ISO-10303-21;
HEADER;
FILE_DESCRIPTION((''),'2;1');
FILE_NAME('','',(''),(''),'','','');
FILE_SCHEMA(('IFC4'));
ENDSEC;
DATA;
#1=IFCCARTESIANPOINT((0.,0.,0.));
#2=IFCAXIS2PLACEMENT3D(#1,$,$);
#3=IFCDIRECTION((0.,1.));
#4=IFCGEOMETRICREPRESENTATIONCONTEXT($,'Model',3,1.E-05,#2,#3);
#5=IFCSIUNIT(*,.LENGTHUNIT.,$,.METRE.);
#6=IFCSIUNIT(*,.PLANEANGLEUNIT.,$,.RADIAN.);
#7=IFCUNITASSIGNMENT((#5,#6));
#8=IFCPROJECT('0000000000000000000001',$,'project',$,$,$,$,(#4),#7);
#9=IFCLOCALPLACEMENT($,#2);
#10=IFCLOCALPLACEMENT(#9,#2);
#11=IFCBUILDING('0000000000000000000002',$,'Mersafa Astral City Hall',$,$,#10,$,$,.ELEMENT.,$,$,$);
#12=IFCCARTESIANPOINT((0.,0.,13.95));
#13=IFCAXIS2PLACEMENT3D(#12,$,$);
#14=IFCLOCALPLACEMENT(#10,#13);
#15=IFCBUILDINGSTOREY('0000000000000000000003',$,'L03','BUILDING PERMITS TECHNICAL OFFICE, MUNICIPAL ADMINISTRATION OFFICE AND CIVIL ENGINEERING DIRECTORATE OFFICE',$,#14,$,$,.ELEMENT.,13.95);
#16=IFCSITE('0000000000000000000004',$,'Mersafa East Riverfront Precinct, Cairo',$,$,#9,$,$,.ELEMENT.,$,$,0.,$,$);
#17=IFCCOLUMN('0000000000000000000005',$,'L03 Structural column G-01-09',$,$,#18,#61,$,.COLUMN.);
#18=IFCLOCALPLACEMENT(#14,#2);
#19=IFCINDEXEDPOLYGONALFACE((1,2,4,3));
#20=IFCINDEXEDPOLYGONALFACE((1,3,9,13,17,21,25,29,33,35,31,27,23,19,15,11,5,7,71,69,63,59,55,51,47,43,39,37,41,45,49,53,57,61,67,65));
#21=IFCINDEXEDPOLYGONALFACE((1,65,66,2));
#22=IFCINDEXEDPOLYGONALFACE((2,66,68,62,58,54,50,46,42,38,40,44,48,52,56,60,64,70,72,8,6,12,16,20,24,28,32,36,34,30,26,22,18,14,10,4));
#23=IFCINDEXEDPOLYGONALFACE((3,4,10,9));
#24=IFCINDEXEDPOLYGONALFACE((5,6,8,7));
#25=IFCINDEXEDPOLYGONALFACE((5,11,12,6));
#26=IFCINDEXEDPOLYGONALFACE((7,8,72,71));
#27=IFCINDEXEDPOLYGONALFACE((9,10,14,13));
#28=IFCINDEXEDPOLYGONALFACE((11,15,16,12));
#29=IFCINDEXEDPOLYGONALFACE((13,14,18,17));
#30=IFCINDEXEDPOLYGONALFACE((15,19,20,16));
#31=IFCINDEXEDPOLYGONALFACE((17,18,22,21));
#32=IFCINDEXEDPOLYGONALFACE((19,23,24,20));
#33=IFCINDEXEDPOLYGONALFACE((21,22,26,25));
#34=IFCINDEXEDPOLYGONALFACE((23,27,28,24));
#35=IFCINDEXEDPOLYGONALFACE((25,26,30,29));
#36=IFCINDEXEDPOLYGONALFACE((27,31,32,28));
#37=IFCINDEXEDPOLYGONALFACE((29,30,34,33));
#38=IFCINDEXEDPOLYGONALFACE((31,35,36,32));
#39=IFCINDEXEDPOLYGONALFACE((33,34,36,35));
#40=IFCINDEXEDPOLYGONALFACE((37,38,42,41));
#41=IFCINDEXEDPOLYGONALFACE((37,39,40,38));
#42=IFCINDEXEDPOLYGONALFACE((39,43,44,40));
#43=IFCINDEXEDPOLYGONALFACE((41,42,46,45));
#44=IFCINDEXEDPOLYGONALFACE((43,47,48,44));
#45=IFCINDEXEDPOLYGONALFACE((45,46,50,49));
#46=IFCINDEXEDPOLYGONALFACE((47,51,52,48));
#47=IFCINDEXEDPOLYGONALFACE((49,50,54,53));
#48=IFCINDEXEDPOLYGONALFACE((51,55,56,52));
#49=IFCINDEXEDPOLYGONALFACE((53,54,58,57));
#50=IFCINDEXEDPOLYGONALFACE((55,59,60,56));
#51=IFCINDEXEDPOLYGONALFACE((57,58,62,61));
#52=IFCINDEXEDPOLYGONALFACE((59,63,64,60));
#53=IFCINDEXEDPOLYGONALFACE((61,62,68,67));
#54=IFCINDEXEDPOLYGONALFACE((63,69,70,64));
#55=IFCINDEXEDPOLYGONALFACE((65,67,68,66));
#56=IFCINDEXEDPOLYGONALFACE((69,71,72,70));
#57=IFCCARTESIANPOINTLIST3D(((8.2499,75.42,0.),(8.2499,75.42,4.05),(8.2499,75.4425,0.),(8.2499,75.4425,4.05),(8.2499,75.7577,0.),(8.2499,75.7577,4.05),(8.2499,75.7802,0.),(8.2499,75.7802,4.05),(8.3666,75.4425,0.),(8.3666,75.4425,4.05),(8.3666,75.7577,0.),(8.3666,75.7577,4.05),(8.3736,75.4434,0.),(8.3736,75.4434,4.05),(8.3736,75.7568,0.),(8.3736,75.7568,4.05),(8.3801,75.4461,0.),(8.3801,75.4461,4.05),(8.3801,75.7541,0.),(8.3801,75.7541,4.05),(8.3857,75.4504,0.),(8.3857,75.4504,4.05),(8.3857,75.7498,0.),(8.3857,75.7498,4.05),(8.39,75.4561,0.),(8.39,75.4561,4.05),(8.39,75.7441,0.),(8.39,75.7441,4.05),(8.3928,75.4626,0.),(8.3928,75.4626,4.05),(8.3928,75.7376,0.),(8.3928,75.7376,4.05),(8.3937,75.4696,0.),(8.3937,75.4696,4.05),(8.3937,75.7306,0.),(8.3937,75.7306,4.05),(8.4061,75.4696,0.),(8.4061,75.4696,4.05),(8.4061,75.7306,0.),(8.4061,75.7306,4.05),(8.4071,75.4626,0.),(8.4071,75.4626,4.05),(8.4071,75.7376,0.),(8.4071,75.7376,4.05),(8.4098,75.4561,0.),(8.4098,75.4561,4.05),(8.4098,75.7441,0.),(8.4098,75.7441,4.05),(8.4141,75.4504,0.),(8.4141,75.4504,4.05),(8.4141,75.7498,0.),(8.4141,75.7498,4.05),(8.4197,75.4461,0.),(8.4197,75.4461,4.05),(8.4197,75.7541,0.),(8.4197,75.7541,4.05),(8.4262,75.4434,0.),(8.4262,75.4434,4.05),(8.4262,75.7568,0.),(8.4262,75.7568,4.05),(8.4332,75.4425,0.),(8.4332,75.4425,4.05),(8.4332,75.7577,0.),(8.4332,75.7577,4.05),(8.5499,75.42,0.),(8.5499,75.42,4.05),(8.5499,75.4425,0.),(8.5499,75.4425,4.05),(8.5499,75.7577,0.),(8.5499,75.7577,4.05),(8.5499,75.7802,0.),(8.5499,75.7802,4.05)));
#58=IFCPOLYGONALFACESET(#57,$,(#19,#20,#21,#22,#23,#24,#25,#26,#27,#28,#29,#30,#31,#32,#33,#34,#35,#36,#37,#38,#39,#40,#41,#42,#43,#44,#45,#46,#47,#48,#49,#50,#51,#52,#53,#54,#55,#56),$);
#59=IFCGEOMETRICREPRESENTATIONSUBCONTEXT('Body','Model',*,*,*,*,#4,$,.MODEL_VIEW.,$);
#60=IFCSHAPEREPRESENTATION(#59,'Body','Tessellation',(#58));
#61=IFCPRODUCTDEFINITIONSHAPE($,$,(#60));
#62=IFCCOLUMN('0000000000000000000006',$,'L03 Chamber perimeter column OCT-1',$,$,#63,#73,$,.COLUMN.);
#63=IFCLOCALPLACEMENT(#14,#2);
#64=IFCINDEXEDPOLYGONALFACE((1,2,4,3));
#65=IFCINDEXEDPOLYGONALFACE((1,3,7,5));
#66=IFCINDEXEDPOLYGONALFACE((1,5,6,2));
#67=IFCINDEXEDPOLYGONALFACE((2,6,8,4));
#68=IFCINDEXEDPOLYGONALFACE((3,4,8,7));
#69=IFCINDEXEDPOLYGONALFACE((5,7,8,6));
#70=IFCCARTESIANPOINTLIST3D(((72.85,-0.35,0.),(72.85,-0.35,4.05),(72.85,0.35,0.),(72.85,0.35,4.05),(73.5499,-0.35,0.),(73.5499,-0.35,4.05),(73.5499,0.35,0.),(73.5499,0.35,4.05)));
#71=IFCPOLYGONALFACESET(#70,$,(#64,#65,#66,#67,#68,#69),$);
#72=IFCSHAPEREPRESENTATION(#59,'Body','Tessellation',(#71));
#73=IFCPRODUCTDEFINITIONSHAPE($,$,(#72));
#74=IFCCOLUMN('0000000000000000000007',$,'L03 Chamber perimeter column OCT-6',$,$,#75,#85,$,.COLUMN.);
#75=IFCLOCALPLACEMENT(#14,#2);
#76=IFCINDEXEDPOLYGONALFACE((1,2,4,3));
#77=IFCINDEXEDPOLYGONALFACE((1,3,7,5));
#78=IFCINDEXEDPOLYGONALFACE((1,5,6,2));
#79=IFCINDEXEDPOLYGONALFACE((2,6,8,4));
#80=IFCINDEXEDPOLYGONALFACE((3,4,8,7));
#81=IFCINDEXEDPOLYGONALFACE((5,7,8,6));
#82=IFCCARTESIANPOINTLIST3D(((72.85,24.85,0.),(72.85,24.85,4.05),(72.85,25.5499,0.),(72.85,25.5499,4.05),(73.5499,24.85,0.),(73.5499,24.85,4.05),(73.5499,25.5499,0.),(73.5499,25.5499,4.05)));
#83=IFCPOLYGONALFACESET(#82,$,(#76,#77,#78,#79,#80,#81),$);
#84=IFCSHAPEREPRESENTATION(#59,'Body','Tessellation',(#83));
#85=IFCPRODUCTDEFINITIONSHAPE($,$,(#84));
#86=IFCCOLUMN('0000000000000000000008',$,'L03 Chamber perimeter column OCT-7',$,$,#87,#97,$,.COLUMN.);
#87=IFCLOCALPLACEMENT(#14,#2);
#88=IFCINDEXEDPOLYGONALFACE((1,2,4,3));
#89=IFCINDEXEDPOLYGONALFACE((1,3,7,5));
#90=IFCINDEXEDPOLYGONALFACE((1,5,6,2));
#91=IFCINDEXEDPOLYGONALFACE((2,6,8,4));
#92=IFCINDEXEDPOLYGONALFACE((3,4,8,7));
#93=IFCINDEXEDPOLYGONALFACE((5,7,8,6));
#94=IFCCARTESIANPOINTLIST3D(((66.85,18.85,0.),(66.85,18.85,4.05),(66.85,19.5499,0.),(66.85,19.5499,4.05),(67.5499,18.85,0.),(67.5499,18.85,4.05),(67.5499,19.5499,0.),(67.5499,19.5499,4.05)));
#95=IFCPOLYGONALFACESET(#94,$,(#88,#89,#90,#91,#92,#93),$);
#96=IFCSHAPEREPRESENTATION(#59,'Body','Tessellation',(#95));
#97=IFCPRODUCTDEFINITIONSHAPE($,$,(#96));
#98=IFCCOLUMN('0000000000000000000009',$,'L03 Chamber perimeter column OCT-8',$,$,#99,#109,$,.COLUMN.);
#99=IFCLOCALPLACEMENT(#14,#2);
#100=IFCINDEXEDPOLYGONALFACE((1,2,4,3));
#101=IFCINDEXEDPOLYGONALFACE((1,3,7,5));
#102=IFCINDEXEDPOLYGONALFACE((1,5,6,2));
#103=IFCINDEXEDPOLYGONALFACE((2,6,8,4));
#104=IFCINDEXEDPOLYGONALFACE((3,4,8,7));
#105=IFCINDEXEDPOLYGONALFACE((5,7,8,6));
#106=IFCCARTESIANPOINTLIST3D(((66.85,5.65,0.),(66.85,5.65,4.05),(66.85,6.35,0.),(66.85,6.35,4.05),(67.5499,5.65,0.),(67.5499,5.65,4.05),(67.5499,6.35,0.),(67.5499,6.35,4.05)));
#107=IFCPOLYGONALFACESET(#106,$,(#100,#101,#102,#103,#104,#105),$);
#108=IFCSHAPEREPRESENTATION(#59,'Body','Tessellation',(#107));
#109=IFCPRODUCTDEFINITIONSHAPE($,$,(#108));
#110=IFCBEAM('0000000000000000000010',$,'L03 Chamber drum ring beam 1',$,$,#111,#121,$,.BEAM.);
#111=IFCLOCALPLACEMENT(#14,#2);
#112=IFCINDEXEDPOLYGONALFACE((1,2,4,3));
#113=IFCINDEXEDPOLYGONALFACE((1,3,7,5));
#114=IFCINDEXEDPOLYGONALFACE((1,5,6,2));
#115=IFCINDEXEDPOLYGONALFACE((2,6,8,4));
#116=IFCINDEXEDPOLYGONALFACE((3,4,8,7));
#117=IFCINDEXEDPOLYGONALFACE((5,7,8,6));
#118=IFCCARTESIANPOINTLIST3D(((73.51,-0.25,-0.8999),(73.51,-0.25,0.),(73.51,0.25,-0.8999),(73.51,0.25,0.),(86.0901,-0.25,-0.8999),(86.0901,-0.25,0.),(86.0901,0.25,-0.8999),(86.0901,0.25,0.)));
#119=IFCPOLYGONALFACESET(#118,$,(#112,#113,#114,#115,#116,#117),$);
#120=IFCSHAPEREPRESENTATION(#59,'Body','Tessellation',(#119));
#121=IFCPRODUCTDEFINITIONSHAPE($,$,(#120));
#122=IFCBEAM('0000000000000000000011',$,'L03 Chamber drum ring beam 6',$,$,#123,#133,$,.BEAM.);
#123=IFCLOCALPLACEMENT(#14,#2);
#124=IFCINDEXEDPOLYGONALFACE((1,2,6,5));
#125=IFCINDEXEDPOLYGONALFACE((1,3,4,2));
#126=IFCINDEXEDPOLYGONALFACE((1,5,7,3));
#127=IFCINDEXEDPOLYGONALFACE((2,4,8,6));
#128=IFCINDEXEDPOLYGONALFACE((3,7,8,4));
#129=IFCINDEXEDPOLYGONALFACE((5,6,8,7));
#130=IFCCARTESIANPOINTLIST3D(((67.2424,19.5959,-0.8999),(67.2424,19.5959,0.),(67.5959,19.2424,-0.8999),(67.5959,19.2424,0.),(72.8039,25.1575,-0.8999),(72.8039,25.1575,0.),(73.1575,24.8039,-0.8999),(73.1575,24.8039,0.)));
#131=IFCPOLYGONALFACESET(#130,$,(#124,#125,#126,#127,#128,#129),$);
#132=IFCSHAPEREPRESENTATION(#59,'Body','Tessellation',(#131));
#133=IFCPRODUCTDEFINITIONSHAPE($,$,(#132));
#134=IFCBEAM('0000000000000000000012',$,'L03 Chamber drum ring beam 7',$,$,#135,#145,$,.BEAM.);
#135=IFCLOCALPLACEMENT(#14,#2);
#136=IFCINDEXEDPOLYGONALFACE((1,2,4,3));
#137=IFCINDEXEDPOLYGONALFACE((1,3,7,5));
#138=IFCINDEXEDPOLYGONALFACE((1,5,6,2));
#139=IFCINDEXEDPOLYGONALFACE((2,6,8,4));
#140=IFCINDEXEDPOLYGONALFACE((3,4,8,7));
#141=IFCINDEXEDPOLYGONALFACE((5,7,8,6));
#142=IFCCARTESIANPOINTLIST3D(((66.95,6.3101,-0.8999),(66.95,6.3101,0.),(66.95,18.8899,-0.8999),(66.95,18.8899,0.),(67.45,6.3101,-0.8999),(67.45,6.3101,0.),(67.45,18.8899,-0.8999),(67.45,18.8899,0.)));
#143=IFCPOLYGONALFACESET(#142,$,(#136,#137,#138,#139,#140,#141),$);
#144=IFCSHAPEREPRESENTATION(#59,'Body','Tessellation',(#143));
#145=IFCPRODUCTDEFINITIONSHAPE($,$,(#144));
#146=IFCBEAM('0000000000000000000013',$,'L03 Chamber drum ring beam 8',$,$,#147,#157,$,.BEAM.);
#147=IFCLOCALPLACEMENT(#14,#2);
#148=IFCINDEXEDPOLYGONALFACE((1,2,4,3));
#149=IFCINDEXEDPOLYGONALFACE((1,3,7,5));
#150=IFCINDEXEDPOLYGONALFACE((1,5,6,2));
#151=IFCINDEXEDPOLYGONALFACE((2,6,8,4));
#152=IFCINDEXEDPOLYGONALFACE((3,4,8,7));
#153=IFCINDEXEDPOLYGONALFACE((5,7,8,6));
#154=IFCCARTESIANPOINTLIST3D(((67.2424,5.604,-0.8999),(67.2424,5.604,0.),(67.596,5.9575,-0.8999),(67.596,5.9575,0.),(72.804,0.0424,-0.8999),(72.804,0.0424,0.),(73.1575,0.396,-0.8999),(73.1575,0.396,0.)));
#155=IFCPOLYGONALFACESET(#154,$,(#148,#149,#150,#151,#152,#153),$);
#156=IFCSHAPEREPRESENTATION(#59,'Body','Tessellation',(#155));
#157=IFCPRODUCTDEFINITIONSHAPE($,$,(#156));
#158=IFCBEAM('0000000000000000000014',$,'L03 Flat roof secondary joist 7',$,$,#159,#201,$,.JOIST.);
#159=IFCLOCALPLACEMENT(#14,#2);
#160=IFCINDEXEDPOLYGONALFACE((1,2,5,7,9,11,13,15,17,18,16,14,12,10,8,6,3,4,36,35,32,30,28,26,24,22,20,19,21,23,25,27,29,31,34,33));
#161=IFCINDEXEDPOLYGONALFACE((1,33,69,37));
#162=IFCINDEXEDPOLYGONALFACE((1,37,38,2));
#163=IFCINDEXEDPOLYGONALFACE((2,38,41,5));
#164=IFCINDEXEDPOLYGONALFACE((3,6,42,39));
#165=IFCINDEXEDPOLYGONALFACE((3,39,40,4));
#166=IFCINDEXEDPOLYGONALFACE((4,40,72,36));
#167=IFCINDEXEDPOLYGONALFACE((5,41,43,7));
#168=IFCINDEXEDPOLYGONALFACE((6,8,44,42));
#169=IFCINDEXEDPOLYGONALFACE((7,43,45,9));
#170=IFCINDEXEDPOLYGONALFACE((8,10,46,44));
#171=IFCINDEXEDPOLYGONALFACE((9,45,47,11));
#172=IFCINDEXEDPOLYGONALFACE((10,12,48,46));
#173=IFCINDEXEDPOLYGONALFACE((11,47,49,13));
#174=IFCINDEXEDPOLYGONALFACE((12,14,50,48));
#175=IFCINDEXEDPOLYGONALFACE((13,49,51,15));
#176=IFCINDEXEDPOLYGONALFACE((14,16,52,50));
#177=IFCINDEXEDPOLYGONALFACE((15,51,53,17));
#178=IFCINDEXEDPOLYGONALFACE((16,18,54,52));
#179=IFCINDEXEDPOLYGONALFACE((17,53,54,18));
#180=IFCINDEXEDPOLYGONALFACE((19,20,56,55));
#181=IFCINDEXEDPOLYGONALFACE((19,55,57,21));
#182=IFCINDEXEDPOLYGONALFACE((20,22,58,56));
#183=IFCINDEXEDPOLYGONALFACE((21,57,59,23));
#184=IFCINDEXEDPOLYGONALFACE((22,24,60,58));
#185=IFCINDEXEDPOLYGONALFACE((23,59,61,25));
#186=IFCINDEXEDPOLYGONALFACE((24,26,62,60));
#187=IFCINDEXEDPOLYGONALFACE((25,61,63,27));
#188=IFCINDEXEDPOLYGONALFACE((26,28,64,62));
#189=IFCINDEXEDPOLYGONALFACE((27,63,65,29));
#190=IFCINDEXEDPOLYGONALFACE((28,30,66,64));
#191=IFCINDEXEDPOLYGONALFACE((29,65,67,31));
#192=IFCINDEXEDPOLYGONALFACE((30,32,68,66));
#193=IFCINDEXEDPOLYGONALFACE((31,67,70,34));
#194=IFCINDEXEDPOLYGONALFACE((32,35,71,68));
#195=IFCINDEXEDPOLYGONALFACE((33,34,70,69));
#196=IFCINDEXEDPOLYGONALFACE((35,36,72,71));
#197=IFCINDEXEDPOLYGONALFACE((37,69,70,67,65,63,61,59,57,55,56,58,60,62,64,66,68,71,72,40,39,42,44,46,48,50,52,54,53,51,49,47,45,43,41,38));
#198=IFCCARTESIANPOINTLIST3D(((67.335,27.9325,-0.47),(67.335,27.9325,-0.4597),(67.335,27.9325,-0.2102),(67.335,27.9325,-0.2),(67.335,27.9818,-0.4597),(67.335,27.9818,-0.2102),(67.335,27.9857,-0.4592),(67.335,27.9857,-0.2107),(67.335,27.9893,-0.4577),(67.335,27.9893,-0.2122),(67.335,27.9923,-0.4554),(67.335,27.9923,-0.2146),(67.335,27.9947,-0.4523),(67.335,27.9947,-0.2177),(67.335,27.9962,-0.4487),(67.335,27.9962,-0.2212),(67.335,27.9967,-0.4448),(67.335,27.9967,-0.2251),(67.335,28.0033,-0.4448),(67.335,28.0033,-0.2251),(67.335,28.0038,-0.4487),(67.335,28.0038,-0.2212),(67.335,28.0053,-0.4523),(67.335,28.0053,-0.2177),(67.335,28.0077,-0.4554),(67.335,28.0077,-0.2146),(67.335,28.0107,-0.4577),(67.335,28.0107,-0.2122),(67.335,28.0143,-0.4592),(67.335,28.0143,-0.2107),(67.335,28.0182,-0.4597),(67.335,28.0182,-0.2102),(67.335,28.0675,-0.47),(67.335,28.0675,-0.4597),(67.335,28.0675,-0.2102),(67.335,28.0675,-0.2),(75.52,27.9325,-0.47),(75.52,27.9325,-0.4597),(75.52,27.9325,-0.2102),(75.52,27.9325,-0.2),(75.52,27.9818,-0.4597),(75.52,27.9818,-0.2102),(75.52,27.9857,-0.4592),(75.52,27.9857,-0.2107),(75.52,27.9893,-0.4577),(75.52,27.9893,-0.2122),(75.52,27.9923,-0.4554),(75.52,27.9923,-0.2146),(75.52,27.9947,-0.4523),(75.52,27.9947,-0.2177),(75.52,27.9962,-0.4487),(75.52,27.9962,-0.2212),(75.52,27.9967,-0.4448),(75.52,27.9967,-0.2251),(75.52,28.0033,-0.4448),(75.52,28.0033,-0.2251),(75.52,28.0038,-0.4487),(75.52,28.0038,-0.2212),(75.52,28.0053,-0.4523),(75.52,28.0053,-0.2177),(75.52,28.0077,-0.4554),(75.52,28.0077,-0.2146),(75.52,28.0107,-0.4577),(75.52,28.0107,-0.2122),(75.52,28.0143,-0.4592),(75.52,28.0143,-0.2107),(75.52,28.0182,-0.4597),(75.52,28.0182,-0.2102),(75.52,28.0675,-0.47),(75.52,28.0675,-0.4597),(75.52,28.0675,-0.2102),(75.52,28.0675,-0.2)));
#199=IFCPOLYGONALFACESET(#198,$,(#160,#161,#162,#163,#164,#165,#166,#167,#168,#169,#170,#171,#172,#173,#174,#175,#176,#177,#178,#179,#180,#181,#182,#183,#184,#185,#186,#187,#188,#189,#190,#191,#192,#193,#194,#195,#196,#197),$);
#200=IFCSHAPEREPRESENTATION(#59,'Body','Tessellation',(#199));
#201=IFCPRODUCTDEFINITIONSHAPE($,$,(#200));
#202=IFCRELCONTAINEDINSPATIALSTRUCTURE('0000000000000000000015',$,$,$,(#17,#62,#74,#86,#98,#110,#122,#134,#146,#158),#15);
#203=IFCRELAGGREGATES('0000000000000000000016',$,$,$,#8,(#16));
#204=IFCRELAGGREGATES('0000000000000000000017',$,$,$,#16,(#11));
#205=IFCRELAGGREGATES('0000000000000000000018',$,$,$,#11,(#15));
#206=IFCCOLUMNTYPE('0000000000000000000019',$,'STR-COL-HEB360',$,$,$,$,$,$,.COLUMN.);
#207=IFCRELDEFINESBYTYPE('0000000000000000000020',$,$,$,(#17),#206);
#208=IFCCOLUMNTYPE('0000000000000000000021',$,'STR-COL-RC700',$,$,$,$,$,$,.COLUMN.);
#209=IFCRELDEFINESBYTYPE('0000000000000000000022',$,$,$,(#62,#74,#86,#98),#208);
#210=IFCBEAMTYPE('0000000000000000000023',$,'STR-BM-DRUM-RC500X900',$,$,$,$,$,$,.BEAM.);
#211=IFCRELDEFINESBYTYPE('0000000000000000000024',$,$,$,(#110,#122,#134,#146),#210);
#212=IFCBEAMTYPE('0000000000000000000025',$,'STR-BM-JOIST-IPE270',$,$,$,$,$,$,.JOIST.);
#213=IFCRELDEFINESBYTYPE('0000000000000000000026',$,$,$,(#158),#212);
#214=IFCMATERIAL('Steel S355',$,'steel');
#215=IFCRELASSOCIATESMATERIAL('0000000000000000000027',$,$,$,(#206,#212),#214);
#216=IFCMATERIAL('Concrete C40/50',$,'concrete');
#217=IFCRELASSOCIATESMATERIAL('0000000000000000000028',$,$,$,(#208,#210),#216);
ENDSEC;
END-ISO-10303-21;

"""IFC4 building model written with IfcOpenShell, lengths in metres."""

from ifc_helpers import new_model, si_unit, direction, frame, origin, origin_2d, place, context, subcontext, project, spatial, rectangle, i_section, extrude, material, material_profile, profile_set, type_object, element, save


model = new_model("IFC4")

# Units and contexts
model_context = context("Model", 3, precision=1e-05, world=origin(), true_north=direction((0.0, 1.0)))
body_context = subcontext(model_context, "Body", "Model", "MODEL_VIEW")
ifc_project = project(units=[si_unit("LENGTHUNIT", "METRE"), si_unit("PLANEANGLEUNIT", "RADIAN")], contexts=[model_context])

# Site, building, storey
site_placement = place(None, origin())
site = spatial("IfcSite", under=ifc_project, at=site_placement, Name="Mersafa East Riverfront Precinct, Cairo", CompositionType="ELEMENT", RefElevation=0.0)
building_placement = place(site_placement, origin())
building = spatial("IfcBuilding", under=site, at=building_placement, Name="Mersafa Astral City Hall", CompositionType="ELEMENT")
storey_placement = place(building_placement, frame((0.0, 0.0, 13.95)))
storey = spatial("IfcBuildingStorey", under=building, at=storey_placement, Name="L03", Description="BUILDING PERMITS TECHNICAL OFFICE, MUNICIPAL ADMINISTRATION OFFICE AND CIVIL ENGINEERING DIRECTORATE OFFICE", CompositionType="ELEMENT", Elevation=13.95)

# Columns
ifc_material_1 = material(Name="Steel S355", Category="steel")
ifc_material_profile_1 = material_profile(ifc_material_1, i_section(OverallWidth=0.3, OverallDepth=0.3601, WebThickness=0.0125, FlangeThickness=0.0225, FilletRadius=0.0271, at=origin_2d()), Name="HEB 360")
ifc_profile_set_1 = profile_set([ifc_material_profile_1], Name="Steel S355")
column_type_1 = type_object("IfcColumnType", Name="STR-COL-HEB360", PredefinedType="COLUMN", material=ifc_profile_set_1)
column_placement = place(storey_placement, frame((8.3999, 75.6001, 0.0), z_axis=(0.0, 0.0, 1.0), x_axis=(1.0, 0.0, 0.0)))
element("IfcColumn", 1, at=column_placement, inside=storey, type_object=column_type_1, Name="L03 Structural column G-01-09", PredefinedType="COLUMN", context=body_context, shape_type="SweptSolid", body=[
    extrude(i_section(OverallWidth=0.3, OverallDepth=0.3601, WebThickness=0.0125, FlangeThickness=0.0225, FilletRadius=0.0271, at=origin_2d()), origin(), (0.0, 0.0, 1.0), 4.05),
])
ifc_material_2 = material(Name="Concrete C40/50", Category="concrete")
ifc_material_profile_2 = material_profile(ifc_material_2, rectangle(XDim=0.7, YDim=0.7, at=origin_2d()), Name="RC 700x700")
ifc_profile_set_2 = profile_set([ifc_material_profile_2], Name="Concrete C40/50")
column_type_2 = type_object("IfcColumnType", Name="STR-COL-RC700", PredefinedType="COLUMN", material=ifc_profile_set_2)
for number, where, z_axis, x_axis, name in (
    (2, (73.2, 0.0, 0.0), (0.0, 0.0, 1.0), (1.0, 0.0, 0.0), "L03 Chamber perimeter column OCT-1"),
    (3, (73.2, 25.2, 0.0), (0.0, 0.0, 1.0), (1.0, 0.0, 0.0), "L03 Chamber perimeter column OCT-6"),
    (4, (67.2, 19.2, 0.0), (0.0, 0.0, 1.0), (1.0, 0.0, 0.0), "L03 Chamber perimeter column OCT-7"),
    (5, (67.2, 6.0, 0.0), (0.0, 0.0, 1.0), (1.0, 0.0, 0.0), "L03 Chamber perimeter column OCT-8"),
):
    element("IfcColumn", number, at=place(storey_placement, frame(where, z_axis=z_axis, x_axis=x_axis)), inside=storey, type_object=column_type_2, Name=name, PredefinedType="COLUMN", context=body_context, shape_type="SweptSolid", body=[
        extrude(rectangle(XDim=0.7, YDim=0.7, at=origin_2d()), origin(), (0.0, 0.0, 1.0), 4.05),
    ])

# Beams
ifc_material_profile_3 = material_profile(ifc_material_2, rectangle(XDim=0.5, YDim=0.8999, at=origin_2d()), Name="RC 500x900")
ifc_profile_set_3 = profile_set([ifc_material_profile_3], Name="Concrete C40/50")
beam_type_1 = type_object("IfcBeamType", Name="STR-BM-DRUM-RC500X900", PredefinedType="BEAM", material=ifc_profile_set_3)
beam_1_placement = place(storey_placement, frame((73.51, 0.0, -0.45), z_axis=(1.0, 0.0, 0.0), x_axis=(0.0, 1.0, 0.0)))
element("IfcBeam", 6, at=beam_1_placement, inside=storey, type_object=beam_type_1, Name="L03 Chamber drum ring beam 1", PredefinedType="BEAM", context=body_context, shape_type="SweptSolid", body=[
    extrude(rectangle(XDim=0.5, YDim=0.8999, at=origin_2d()), origin(), (0.0, 0.0, 1.0), 12.5801),
])
beam_2_placement = place(storey_placement, frame((72.9807, 24.9807, -0.45), z_axis=(-0.707107, -0.707107, 0.0), x_axis=(0.707107, -0.707107, 0.0)))
element("IfcBeam", 7, at=beam_2_placement, inside=storey, type_object=beam_type_1, Name="L03 Chamber drum ring beam 6", PredefinedType="BEAM", context=body_context, shape_type="SweptSolid", body=[
    extrude(rectangle(XDim=0.5, YDim=0.8999, at=origin_2d()), origin(), (0.0, 0.0, 1.0), 7.8652),
])
beam_3_placement = place(storey_placement, frame((67.2, 18.8899, -0.45), z_axis=(0.0, -1.0, 0.0), x_axis=(1.0, 0.0, 0.0)))
element("IfcBeam", 8, at=beam_3_placement, inside=storey, type_object=beam_type_1, Name="L03 Chamber drum ring beam 7", PredefinedType="BEAM", context=body_context, shape_type="SweptSolid", body=[
    extrude(rectangle(XDim=0.5, YDim=0.8999, at=origin_2d()), origin(), (0.0, 0.0, 1.0), 12.5798),
])
beam_4_placement = place(storey_placement, frame((67.4192, 5.7808, -0.45), z_axis=(0.707107, -0.707107, 0.0), x_axis=(0.707107, 0.707107, 0.0)))
element("IfcBeam", 9, at=beam_4_placement, inside=storey, type_object=beam_type_1, Name="L03 Chamber drum ring beam 8", PredefinedType="BEAM", context=body_context, shape_type="SweptSolid", body=[
    extrude(rectangle(XDim=0.5, YDim=0.8999, at=origin_2d()), origin(), (0.0, 0.0, 1.0), 7.8652),
])
ifc_material_profile_4 = material_profile(ifc_material_1, i_section(OverallWidth=0.135, OverallDepth=0.27, WebThickness=0.0066, FlangeThickness=0.0103, FilletRadius=0.0149, at=origin_2d()), Name="IPE 270")
ifc_profile_set_4 = profile_set([ifc_material_profile_4], Name="Steel S355")
beam_type_2 = type_object("IfcBeamType", Name="STR-BM-JOIST-IPE270", PredefinedType="JOIST", material=ifc_profile_set_4)
for number, where, z_axis, x_axis, name in (
    (10, (67.335, 28.0, -0.335), (1.0, 0.0, 0.0), (0.0, 1.0, 0.0), "L03 Flat roof secondary joist 7"),
):
    element("IfcBeam", number, at=place(storey_placement, frame(where, z_axis=z_axis, x_axis=x_axis)), inside=storey, type_object=beam_type_2, Name=name, PredefinedType="JOIST", context=body_context, shape_type="SweptSolid", body=[
        extrude(i_section(OverallWidth=0.135, OverallDepth=0.27, WebThickness=0.0066, FlangeThickness=0.0103, FilletRadius=0.0149, at=origin_2d()), origin(), (0.0, 0.0, 1.0), 8.1851),
    ])

save(model, "model.ifc")
